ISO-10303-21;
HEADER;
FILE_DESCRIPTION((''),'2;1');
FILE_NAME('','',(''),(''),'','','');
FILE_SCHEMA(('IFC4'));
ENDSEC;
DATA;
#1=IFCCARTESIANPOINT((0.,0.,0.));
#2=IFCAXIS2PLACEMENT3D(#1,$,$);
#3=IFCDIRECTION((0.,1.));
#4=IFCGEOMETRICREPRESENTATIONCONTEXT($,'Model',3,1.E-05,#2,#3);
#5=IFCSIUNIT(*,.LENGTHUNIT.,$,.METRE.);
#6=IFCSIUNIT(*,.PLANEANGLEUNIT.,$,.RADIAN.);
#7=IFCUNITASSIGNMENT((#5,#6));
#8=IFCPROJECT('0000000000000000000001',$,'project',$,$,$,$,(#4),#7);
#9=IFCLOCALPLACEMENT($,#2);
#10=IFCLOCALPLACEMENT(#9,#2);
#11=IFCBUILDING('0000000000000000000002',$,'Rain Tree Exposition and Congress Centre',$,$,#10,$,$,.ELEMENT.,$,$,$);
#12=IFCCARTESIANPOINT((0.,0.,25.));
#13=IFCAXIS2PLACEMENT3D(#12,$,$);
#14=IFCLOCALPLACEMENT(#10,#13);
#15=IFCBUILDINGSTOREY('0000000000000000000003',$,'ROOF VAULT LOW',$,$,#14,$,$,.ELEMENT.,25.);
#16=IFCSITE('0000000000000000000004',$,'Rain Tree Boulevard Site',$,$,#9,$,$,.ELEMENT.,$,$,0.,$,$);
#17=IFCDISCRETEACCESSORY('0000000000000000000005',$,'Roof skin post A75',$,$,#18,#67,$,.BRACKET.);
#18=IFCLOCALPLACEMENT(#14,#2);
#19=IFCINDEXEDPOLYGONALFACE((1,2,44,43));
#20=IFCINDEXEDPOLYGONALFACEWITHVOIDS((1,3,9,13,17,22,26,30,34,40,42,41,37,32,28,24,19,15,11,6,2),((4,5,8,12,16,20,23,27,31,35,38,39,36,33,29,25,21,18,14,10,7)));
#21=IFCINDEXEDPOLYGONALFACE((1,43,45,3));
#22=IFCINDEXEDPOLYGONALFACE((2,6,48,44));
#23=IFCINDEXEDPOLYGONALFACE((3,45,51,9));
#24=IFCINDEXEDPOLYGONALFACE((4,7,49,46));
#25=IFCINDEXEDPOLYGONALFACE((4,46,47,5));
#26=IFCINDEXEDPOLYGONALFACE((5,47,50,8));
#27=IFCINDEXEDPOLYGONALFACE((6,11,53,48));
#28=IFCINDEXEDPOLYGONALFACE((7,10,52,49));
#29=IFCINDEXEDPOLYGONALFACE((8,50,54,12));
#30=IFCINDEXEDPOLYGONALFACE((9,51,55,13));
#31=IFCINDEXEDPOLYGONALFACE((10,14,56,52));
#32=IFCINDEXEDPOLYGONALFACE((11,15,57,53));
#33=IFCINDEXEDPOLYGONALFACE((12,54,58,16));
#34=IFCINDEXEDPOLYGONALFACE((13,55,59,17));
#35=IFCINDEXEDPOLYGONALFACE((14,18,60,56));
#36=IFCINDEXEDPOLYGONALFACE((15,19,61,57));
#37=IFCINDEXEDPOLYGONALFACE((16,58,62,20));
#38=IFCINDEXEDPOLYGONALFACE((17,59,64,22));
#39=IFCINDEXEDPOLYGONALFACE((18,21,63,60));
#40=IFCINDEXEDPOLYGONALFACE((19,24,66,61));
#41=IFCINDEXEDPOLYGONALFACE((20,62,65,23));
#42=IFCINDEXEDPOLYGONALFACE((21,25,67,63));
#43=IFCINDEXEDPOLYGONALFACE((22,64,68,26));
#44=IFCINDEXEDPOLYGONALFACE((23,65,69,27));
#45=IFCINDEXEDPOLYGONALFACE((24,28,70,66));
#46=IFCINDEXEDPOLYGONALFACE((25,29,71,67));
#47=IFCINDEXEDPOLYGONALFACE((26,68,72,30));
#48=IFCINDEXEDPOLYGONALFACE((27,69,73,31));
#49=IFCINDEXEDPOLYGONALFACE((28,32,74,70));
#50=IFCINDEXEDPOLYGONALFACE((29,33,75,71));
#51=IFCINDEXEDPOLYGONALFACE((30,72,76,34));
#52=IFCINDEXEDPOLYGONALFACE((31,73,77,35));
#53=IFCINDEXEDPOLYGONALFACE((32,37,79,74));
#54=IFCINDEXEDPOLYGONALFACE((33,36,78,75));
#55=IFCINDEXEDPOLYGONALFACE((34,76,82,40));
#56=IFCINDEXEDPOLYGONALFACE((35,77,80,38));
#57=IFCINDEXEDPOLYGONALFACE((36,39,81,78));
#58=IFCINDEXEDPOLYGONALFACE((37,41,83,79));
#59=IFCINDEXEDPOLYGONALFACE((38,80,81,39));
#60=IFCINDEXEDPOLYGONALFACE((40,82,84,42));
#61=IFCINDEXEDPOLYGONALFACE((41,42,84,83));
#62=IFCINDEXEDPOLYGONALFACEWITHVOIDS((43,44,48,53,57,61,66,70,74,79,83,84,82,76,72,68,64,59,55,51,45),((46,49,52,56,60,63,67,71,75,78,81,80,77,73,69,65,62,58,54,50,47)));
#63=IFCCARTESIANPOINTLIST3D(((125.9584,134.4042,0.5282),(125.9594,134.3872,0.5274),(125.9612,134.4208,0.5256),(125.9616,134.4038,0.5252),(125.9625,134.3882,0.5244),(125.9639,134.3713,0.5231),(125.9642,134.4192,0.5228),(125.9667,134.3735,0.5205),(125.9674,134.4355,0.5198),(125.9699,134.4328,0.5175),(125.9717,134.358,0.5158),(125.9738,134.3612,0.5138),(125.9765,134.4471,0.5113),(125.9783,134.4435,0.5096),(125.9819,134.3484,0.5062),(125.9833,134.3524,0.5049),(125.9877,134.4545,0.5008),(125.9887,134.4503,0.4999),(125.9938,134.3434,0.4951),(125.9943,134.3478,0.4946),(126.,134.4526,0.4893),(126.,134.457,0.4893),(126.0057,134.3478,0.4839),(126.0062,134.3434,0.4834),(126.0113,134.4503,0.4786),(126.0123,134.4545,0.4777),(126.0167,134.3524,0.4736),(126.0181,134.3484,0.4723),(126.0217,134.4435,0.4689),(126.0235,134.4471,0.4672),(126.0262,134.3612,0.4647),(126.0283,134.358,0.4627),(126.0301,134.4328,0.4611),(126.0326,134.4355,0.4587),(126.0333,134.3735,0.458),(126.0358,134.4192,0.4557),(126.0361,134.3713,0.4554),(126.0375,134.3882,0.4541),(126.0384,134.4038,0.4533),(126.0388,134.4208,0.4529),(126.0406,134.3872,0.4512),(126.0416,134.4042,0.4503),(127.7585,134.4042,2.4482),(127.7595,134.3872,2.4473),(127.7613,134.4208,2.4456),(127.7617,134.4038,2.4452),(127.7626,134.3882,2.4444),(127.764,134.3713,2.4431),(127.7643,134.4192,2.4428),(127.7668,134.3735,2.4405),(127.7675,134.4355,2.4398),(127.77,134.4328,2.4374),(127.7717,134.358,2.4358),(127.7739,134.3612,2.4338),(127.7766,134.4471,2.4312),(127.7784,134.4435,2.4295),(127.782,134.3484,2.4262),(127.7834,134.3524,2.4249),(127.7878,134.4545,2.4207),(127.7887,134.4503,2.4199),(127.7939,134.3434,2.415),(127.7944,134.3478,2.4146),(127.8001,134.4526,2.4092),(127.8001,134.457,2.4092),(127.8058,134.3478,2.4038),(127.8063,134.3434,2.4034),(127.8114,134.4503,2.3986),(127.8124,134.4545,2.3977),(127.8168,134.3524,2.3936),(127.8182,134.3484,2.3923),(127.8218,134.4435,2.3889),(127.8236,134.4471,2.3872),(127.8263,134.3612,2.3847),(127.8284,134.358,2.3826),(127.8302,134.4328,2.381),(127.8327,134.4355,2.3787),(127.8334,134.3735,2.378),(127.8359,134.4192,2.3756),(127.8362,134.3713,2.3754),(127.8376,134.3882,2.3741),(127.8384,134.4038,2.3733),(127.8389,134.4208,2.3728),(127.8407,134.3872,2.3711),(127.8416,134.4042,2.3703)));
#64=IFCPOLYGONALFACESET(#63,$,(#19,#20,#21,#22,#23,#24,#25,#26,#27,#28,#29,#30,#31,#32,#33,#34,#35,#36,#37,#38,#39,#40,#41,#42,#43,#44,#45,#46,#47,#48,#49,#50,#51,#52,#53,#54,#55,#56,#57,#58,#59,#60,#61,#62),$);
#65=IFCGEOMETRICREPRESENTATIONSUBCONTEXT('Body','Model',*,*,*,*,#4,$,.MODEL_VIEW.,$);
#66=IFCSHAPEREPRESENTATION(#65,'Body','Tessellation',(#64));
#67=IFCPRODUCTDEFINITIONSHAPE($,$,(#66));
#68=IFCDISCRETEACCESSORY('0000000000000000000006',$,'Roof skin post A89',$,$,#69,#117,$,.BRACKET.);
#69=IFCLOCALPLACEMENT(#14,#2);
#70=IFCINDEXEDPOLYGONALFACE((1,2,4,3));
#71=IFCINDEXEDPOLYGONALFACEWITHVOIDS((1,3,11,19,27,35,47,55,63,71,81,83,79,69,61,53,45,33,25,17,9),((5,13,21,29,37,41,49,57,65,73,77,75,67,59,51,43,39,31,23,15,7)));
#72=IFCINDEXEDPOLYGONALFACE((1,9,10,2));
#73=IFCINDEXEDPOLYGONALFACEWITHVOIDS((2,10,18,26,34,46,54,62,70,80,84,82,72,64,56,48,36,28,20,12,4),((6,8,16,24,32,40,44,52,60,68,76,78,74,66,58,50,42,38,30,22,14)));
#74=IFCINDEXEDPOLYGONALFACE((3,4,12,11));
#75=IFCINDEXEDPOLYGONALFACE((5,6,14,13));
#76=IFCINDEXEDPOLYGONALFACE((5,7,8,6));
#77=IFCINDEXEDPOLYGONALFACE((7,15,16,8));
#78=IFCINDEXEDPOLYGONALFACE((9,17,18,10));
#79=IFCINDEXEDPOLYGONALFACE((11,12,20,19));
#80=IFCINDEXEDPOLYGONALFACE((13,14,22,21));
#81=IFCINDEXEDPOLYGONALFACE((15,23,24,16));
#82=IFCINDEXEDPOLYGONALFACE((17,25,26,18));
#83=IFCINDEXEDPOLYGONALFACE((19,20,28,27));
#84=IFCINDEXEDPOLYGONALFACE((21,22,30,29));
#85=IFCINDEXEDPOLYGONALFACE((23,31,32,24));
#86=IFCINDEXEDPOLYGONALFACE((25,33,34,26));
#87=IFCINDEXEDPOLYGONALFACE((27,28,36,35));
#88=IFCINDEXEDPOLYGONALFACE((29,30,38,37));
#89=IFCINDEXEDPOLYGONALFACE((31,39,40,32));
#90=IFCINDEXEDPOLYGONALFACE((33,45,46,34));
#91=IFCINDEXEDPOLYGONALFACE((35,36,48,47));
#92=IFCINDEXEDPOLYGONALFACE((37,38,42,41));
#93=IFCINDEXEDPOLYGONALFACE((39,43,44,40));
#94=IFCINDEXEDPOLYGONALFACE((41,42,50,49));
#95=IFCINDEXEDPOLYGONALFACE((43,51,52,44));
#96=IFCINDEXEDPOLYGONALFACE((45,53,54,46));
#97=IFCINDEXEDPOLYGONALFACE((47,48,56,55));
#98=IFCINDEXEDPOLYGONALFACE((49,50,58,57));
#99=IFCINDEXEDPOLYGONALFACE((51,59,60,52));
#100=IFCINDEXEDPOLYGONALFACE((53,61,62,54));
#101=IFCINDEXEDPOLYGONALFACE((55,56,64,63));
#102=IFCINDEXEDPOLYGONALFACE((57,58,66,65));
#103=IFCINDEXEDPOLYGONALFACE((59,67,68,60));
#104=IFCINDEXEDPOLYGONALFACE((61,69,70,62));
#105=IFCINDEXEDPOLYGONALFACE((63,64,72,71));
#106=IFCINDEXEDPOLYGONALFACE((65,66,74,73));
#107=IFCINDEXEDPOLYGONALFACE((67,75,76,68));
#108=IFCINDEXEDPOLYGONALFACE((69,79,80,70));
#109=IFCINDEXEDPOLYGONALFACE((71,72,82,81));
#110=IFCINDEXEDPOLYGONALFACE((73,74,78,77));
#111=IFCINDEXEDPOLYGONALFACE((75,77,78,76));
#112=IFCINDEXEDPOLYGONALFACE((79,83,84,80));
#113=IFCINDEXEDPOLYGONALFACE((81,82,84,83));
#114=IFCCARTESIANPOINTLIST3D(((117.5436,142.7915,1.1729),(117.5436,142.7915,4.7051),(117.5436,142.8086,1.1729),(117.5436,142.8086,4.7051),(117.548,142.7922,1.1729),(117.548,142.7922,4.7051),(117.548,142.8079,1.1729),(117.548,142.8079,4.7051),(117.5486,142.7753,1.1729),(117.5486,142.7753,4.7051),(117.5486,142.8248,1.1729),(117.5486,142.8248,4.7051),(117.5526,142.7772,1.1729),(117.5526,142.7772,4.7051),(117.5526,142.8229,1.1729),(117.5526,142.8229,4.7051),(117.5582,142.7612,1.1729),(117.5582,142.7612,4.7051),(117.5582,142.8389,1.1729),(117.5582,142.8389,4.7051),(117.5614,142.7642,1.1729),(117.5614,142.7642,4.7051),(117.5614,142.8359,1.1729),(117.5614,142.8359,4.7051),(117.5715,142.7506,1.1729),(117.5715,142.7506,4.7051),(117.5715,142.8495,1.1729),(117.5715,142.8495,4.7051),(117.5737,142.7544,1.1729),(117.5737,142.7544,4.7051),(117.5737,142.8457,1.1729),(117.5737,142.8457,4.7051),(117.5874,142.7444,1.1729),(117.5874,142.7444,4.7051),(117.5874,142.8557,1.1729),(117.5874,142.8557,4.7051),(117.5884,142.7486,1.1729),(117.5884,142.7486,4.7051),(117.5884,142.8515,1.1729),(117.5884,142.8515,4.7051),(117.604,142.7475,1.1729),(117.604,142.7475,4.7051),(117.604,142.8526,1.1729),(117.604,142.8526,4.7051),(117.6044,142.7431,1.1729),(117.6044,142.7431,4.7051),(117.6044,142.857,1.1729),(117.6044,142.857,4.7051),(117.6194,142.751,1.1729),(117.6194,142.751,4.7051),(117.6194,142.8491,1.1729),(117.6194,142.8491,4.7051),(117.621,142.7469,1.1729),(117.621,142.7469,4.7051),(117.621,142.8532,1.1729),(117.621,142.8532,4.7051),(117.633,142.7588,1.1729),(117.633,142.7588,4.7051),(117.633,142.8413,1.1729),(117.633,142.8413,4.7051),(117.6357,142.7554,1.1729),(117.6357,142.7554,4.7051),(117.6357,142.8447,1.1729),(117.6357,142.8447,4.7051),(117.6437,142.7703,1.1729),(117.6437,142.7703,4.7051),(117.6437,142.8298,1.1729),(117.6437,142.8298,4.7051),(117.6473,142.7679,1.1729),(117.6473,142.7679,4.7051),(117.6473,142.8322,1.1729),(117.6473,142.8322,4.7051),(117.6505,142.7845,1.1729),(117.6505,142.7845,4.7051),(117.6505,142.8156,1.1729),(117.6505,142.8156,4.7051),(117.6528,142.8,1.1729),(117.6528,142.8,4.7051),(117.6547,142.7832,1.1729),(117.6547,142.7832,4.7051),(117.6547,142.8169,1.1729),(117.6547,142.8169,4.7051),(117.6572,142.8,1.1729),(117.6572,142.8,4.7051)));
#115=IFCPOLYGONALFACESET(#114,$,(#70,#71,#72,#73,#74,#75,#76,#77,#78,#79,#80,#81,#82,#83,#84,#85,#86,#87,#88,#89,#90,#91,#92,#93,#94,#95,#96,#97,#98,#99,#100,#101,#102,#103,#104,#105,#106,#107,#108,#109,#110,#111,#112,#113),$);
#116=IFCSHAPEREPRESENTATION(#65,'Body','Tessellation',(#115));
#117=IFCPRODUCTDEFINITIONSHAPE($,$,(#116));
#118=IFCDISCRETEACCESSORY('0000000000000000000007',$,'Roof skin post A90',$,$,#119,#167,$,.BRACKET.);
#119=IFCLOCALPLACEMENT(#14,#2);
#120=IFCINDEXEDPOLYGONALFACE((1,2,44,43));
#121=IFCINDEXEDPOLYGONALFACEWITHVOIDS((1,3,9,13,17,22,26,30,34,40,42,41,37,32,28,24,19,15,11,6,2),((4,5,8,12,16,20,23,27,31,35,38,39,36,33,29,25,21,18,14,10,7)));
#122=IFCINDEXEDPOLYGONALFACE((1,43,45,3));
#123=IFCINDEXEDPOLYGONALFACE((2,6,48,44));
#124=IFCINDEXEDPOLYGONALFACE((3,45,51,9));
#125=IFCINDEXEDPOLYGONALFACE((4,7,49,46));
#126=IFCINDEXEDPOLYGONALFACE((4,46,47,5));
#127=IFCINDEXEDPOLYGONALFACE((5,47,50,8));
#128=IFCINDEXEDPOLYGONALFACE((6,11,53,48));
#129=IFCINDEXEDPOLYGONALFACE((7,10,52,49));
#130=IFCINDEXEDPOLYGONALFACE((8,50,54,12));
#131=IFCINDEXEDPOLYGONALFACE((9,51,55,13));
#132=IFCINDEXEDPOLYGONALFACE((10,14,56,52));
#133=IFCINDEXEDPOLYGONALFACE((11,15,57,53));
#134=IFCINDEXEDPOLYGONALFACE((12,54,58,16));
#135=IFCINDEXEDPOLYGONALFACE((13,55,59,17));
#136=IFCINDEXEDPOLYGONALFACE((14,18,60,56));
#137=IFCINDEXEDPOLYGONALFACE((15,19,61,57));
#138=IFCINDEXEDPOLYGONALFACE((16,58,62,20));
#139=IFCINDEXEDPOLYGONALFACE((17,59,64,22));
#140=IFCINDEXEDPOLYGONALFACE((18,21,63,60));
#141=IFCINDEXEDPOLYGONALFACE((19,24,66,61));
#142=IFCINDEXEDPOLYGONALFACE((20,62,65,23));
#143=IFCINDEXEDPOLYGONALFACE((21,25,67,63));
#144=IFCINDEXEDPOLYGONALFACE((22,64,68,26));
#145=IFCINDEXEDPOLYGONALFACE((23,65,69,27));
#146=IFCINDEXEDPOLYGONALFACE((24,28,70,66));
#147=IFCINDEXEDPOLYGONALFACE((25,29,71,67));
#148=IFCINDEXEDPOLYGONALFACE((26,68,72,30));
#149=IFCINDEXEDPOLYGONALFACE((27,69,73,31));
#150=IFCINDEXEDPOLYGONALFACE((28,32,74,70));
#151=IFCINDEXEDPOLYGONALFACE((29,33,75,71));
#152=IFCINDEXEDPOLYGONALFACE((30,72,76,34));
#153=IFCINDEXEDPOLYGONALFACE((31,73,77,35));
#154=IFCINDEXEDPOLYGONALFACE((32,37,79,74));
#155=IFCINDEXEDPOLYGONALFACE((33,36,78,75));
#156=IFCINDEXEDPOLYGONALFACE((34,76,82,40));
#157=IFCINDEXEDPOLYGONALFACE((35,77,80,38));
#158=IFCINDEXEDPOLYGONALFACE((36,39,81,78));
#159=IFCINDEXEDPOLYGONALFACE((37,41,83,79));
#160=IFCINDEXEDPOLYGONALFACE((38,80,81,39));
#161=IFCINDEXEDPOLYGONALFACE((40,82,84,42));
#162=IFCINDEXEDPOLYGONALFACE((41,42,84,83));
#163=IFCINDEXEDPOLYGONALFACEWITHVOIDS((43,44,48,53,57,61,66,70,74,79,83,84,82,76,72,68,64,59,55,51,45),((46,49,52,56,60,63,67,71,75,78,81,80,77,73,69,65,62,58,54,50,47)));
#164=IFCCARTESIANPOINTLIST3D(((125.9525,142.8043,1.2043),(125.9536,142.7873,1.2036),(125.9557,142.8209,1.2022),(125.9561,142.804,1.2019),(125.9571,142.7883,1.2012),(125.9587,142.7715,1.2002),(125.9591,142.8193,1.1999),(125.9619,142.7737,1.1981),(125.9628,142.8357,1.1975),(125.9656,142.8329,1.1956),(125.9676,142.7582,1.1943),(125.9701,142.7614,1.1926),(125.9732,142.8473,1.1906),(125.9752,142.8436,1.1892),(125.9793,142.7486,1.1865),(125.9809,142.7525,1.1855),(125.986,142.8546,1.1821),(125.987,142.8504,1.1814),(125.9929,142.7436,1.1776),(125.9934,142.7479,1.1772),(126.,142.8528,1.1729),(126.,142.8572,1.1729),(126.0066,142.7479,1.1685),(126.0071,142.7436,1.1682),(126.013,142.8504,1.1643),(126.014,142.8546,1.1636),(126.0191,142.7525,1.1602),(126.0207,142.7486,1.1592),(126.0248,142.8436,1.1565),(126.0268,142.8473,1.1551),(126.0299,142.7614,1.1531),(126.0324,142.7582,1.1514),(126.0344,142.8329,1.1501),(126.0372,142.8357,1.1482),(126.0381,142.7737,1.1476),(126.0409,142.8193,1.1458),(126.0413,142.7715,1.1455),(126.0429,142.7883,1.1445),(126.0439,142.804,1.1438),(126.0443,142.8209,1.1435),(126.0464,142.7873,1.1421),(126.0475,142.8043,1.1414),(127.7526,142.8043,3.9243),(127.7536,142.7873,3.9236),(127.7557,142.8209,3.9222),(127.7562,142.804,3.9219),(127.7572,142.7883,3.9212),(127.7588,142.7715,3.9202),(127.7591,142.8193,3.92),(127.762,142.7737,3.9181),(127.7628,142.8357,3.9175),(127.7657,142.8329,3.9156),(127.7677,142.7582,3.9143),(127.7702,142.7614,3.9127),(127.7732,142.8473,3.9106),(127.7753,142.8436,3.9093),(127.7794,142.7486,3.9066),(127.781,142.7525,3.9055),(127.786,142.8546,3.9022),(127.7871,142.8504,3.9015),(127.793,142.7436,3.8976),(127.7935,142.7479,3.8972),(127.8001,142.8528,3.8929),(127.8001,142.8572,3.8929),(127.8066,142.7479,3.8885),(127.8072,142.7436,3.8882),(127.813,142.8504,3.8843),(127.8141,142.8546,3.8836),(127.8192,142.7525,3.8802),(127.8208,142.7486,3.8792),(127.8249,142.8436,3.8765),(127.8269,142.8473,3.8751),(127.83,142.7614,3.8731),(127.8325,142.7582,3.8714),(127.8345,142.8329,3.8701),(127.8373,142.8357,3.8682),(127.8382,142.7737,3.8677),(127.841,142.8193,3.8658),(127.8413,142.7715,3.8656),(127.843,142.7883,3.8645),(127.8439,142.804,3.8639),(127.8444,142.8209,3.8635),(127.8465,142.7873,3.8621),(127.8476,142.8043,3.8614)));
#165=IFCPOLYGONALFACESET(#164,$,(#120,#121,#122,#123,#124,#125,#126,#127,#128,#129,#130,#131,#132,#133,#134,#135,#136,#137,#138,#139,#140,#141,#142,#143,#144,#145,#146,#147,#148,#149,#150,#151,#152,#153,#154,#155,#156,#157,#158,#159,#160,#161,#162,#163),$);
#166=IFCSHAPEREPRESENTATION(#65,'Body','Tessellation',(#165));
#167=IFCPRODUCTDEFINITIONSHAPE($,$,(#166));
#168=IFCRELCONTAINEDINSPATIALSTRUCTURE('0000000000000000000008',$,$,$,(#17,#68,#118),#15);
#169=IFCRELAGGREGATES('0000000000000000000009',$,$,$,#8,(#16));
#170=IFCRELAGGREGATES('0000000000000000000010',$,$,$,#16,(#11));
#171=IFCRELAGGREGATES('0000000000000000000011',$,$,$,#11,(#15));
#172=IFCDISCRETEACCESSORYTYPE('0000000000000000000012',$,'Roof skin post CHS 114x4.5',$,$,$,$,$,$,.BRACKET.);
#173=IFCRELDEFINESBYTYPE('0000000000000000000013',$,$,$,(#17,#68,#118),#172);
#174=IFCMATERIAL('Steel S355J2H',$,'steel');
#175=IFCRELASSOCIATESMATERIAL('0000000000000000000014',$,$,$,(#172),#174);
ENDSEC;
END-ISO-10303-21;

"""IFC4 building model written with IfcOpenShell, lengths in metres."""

from ifc_helpers import new_model, si_unit, direction, frame, origin, origin_2d, place, context, subcontext, project, spatial, hollow_circle, extrude, material, material_profile, profile_set, type_object, element, save


model = new_model("IFC4")

# Units and contexts
model_context = context("Model", 3, precision=1e-05, world=origin(), true_north=direction((0.0, 1.0)))
body_context = subcontext(model_context, "Body", "Model", "MODEL_VIEW")
ifc_project = project(units=[si_unit("LENGTHUNIT", "METRE"), si_unit("PLANEANGLEUNIT", "RADIAN")], contexts=[model_context])

# Site, building, storey
site_placement = place(None, origin())
site = spatial("IfcSite", under=ifc_project, at=site_placement, Name="Rain Tree Boulevard Site", CompositionType="ELEMENT", RefElevation=0.0)
building_placement = place(site_placement, origin())
building = spatial("IfcBuilding", under=site, at=building_placement, Name="Rain Tree Exposition and Congress Centre", CompositionType="ELEMENT")
storey_placement = place(building_placement, frame((0.0, 0.0, 25.0)))
storey = spatial("IfcBuildingStorey", under=building, at=storey_placement, Name="ROOF VAULT LOW", CompositionType="ELEMENT", Elevation=25.0)

# Discrete accessories
ifc_material_1 = material(Name="Steel S355J2H", Category="steel")
ifc_material_profile_1 = material_profile(ifc_material_1, hollow_circle(Radius=0.0571, WallThickness=0.0044, at=origin_2d()), Name="CHS 114x4.5")
ifc_profile_set_1 = profile_set([ifc_material_profile_1], Name="Steel S355J2H")
discrete_accessory_type = type_object("IfcDiscreteAccessoryType", Name="Roof skin post CHS 114x4.5", PredefinedType="BRACKET", material=ifc_profile_set_1)
discrete_accessory_1_placement = place(storey_placement, frame((126.0, 134.3999, 0.4893), z_axis=(0.683966, 0.0, 0.729514), x_axis=(0.0, 1.0, 0.0)))
element("IfcDiscreteAccessory", 1, at=discrete_accessory_1_placement, inside=storey, type_object=discrete_accessory_type, Name="Roof skin post A75", PredefinedType="BRACKET", context=body_context, shape_type="SweptSolid", body=[
    extrude(hollow_circle(Radius=0.0571, WallThickness=0.0044, at=origin_2d()), origin(), (0.0, 0.0, 1.0), 2.6318),
])
discrete_accessory_2_placement = place(storey_placement, frame((117.6001, 142.8, 1.1729), z_axis=(0.0, 0.0, 1.0), x_axis=(1.0, 0.0, 0.0)))
element("IfcDiscreteAccessory", 2, at=discrete_accessory_2_placement, inside=storey, type_object=discrete_accessory_type, Name="Roof skin post A89", PredefinedType="BRACKET", context=body_context, shape_type="SweptSolid", body=[
    extrude(hollow_circle(Radius=0.0571, WallThickness=0.0044, at=origin_2d()), origin(), (0.0, 0.0, 1.0), 3.5322),
])
discrete_accessory_3_placement = place(storey_placement, frame((126.0, 142.8, 1.1729), z_axis=(0.551881, 0.0, 0.833923), x_axis=(0.0, 1.0, 0.0)))
element("IfcDiscreteAccessory", 3, at=discrete_accessory_3_placement, inside=storey, type_object=discrete_accessory_type, Name="Roof skin post A90", PredefinedType="BRACKET", context=body_context, shape_type="SweptSolid", body=[
    extrude(hollow_circle(Radius=0.0571, WallThickness=0.0044, at=origin_2d()), origin(), (0.0, 0.0, 1.0), 3.2617),
])

save(model, "model.ifc")
